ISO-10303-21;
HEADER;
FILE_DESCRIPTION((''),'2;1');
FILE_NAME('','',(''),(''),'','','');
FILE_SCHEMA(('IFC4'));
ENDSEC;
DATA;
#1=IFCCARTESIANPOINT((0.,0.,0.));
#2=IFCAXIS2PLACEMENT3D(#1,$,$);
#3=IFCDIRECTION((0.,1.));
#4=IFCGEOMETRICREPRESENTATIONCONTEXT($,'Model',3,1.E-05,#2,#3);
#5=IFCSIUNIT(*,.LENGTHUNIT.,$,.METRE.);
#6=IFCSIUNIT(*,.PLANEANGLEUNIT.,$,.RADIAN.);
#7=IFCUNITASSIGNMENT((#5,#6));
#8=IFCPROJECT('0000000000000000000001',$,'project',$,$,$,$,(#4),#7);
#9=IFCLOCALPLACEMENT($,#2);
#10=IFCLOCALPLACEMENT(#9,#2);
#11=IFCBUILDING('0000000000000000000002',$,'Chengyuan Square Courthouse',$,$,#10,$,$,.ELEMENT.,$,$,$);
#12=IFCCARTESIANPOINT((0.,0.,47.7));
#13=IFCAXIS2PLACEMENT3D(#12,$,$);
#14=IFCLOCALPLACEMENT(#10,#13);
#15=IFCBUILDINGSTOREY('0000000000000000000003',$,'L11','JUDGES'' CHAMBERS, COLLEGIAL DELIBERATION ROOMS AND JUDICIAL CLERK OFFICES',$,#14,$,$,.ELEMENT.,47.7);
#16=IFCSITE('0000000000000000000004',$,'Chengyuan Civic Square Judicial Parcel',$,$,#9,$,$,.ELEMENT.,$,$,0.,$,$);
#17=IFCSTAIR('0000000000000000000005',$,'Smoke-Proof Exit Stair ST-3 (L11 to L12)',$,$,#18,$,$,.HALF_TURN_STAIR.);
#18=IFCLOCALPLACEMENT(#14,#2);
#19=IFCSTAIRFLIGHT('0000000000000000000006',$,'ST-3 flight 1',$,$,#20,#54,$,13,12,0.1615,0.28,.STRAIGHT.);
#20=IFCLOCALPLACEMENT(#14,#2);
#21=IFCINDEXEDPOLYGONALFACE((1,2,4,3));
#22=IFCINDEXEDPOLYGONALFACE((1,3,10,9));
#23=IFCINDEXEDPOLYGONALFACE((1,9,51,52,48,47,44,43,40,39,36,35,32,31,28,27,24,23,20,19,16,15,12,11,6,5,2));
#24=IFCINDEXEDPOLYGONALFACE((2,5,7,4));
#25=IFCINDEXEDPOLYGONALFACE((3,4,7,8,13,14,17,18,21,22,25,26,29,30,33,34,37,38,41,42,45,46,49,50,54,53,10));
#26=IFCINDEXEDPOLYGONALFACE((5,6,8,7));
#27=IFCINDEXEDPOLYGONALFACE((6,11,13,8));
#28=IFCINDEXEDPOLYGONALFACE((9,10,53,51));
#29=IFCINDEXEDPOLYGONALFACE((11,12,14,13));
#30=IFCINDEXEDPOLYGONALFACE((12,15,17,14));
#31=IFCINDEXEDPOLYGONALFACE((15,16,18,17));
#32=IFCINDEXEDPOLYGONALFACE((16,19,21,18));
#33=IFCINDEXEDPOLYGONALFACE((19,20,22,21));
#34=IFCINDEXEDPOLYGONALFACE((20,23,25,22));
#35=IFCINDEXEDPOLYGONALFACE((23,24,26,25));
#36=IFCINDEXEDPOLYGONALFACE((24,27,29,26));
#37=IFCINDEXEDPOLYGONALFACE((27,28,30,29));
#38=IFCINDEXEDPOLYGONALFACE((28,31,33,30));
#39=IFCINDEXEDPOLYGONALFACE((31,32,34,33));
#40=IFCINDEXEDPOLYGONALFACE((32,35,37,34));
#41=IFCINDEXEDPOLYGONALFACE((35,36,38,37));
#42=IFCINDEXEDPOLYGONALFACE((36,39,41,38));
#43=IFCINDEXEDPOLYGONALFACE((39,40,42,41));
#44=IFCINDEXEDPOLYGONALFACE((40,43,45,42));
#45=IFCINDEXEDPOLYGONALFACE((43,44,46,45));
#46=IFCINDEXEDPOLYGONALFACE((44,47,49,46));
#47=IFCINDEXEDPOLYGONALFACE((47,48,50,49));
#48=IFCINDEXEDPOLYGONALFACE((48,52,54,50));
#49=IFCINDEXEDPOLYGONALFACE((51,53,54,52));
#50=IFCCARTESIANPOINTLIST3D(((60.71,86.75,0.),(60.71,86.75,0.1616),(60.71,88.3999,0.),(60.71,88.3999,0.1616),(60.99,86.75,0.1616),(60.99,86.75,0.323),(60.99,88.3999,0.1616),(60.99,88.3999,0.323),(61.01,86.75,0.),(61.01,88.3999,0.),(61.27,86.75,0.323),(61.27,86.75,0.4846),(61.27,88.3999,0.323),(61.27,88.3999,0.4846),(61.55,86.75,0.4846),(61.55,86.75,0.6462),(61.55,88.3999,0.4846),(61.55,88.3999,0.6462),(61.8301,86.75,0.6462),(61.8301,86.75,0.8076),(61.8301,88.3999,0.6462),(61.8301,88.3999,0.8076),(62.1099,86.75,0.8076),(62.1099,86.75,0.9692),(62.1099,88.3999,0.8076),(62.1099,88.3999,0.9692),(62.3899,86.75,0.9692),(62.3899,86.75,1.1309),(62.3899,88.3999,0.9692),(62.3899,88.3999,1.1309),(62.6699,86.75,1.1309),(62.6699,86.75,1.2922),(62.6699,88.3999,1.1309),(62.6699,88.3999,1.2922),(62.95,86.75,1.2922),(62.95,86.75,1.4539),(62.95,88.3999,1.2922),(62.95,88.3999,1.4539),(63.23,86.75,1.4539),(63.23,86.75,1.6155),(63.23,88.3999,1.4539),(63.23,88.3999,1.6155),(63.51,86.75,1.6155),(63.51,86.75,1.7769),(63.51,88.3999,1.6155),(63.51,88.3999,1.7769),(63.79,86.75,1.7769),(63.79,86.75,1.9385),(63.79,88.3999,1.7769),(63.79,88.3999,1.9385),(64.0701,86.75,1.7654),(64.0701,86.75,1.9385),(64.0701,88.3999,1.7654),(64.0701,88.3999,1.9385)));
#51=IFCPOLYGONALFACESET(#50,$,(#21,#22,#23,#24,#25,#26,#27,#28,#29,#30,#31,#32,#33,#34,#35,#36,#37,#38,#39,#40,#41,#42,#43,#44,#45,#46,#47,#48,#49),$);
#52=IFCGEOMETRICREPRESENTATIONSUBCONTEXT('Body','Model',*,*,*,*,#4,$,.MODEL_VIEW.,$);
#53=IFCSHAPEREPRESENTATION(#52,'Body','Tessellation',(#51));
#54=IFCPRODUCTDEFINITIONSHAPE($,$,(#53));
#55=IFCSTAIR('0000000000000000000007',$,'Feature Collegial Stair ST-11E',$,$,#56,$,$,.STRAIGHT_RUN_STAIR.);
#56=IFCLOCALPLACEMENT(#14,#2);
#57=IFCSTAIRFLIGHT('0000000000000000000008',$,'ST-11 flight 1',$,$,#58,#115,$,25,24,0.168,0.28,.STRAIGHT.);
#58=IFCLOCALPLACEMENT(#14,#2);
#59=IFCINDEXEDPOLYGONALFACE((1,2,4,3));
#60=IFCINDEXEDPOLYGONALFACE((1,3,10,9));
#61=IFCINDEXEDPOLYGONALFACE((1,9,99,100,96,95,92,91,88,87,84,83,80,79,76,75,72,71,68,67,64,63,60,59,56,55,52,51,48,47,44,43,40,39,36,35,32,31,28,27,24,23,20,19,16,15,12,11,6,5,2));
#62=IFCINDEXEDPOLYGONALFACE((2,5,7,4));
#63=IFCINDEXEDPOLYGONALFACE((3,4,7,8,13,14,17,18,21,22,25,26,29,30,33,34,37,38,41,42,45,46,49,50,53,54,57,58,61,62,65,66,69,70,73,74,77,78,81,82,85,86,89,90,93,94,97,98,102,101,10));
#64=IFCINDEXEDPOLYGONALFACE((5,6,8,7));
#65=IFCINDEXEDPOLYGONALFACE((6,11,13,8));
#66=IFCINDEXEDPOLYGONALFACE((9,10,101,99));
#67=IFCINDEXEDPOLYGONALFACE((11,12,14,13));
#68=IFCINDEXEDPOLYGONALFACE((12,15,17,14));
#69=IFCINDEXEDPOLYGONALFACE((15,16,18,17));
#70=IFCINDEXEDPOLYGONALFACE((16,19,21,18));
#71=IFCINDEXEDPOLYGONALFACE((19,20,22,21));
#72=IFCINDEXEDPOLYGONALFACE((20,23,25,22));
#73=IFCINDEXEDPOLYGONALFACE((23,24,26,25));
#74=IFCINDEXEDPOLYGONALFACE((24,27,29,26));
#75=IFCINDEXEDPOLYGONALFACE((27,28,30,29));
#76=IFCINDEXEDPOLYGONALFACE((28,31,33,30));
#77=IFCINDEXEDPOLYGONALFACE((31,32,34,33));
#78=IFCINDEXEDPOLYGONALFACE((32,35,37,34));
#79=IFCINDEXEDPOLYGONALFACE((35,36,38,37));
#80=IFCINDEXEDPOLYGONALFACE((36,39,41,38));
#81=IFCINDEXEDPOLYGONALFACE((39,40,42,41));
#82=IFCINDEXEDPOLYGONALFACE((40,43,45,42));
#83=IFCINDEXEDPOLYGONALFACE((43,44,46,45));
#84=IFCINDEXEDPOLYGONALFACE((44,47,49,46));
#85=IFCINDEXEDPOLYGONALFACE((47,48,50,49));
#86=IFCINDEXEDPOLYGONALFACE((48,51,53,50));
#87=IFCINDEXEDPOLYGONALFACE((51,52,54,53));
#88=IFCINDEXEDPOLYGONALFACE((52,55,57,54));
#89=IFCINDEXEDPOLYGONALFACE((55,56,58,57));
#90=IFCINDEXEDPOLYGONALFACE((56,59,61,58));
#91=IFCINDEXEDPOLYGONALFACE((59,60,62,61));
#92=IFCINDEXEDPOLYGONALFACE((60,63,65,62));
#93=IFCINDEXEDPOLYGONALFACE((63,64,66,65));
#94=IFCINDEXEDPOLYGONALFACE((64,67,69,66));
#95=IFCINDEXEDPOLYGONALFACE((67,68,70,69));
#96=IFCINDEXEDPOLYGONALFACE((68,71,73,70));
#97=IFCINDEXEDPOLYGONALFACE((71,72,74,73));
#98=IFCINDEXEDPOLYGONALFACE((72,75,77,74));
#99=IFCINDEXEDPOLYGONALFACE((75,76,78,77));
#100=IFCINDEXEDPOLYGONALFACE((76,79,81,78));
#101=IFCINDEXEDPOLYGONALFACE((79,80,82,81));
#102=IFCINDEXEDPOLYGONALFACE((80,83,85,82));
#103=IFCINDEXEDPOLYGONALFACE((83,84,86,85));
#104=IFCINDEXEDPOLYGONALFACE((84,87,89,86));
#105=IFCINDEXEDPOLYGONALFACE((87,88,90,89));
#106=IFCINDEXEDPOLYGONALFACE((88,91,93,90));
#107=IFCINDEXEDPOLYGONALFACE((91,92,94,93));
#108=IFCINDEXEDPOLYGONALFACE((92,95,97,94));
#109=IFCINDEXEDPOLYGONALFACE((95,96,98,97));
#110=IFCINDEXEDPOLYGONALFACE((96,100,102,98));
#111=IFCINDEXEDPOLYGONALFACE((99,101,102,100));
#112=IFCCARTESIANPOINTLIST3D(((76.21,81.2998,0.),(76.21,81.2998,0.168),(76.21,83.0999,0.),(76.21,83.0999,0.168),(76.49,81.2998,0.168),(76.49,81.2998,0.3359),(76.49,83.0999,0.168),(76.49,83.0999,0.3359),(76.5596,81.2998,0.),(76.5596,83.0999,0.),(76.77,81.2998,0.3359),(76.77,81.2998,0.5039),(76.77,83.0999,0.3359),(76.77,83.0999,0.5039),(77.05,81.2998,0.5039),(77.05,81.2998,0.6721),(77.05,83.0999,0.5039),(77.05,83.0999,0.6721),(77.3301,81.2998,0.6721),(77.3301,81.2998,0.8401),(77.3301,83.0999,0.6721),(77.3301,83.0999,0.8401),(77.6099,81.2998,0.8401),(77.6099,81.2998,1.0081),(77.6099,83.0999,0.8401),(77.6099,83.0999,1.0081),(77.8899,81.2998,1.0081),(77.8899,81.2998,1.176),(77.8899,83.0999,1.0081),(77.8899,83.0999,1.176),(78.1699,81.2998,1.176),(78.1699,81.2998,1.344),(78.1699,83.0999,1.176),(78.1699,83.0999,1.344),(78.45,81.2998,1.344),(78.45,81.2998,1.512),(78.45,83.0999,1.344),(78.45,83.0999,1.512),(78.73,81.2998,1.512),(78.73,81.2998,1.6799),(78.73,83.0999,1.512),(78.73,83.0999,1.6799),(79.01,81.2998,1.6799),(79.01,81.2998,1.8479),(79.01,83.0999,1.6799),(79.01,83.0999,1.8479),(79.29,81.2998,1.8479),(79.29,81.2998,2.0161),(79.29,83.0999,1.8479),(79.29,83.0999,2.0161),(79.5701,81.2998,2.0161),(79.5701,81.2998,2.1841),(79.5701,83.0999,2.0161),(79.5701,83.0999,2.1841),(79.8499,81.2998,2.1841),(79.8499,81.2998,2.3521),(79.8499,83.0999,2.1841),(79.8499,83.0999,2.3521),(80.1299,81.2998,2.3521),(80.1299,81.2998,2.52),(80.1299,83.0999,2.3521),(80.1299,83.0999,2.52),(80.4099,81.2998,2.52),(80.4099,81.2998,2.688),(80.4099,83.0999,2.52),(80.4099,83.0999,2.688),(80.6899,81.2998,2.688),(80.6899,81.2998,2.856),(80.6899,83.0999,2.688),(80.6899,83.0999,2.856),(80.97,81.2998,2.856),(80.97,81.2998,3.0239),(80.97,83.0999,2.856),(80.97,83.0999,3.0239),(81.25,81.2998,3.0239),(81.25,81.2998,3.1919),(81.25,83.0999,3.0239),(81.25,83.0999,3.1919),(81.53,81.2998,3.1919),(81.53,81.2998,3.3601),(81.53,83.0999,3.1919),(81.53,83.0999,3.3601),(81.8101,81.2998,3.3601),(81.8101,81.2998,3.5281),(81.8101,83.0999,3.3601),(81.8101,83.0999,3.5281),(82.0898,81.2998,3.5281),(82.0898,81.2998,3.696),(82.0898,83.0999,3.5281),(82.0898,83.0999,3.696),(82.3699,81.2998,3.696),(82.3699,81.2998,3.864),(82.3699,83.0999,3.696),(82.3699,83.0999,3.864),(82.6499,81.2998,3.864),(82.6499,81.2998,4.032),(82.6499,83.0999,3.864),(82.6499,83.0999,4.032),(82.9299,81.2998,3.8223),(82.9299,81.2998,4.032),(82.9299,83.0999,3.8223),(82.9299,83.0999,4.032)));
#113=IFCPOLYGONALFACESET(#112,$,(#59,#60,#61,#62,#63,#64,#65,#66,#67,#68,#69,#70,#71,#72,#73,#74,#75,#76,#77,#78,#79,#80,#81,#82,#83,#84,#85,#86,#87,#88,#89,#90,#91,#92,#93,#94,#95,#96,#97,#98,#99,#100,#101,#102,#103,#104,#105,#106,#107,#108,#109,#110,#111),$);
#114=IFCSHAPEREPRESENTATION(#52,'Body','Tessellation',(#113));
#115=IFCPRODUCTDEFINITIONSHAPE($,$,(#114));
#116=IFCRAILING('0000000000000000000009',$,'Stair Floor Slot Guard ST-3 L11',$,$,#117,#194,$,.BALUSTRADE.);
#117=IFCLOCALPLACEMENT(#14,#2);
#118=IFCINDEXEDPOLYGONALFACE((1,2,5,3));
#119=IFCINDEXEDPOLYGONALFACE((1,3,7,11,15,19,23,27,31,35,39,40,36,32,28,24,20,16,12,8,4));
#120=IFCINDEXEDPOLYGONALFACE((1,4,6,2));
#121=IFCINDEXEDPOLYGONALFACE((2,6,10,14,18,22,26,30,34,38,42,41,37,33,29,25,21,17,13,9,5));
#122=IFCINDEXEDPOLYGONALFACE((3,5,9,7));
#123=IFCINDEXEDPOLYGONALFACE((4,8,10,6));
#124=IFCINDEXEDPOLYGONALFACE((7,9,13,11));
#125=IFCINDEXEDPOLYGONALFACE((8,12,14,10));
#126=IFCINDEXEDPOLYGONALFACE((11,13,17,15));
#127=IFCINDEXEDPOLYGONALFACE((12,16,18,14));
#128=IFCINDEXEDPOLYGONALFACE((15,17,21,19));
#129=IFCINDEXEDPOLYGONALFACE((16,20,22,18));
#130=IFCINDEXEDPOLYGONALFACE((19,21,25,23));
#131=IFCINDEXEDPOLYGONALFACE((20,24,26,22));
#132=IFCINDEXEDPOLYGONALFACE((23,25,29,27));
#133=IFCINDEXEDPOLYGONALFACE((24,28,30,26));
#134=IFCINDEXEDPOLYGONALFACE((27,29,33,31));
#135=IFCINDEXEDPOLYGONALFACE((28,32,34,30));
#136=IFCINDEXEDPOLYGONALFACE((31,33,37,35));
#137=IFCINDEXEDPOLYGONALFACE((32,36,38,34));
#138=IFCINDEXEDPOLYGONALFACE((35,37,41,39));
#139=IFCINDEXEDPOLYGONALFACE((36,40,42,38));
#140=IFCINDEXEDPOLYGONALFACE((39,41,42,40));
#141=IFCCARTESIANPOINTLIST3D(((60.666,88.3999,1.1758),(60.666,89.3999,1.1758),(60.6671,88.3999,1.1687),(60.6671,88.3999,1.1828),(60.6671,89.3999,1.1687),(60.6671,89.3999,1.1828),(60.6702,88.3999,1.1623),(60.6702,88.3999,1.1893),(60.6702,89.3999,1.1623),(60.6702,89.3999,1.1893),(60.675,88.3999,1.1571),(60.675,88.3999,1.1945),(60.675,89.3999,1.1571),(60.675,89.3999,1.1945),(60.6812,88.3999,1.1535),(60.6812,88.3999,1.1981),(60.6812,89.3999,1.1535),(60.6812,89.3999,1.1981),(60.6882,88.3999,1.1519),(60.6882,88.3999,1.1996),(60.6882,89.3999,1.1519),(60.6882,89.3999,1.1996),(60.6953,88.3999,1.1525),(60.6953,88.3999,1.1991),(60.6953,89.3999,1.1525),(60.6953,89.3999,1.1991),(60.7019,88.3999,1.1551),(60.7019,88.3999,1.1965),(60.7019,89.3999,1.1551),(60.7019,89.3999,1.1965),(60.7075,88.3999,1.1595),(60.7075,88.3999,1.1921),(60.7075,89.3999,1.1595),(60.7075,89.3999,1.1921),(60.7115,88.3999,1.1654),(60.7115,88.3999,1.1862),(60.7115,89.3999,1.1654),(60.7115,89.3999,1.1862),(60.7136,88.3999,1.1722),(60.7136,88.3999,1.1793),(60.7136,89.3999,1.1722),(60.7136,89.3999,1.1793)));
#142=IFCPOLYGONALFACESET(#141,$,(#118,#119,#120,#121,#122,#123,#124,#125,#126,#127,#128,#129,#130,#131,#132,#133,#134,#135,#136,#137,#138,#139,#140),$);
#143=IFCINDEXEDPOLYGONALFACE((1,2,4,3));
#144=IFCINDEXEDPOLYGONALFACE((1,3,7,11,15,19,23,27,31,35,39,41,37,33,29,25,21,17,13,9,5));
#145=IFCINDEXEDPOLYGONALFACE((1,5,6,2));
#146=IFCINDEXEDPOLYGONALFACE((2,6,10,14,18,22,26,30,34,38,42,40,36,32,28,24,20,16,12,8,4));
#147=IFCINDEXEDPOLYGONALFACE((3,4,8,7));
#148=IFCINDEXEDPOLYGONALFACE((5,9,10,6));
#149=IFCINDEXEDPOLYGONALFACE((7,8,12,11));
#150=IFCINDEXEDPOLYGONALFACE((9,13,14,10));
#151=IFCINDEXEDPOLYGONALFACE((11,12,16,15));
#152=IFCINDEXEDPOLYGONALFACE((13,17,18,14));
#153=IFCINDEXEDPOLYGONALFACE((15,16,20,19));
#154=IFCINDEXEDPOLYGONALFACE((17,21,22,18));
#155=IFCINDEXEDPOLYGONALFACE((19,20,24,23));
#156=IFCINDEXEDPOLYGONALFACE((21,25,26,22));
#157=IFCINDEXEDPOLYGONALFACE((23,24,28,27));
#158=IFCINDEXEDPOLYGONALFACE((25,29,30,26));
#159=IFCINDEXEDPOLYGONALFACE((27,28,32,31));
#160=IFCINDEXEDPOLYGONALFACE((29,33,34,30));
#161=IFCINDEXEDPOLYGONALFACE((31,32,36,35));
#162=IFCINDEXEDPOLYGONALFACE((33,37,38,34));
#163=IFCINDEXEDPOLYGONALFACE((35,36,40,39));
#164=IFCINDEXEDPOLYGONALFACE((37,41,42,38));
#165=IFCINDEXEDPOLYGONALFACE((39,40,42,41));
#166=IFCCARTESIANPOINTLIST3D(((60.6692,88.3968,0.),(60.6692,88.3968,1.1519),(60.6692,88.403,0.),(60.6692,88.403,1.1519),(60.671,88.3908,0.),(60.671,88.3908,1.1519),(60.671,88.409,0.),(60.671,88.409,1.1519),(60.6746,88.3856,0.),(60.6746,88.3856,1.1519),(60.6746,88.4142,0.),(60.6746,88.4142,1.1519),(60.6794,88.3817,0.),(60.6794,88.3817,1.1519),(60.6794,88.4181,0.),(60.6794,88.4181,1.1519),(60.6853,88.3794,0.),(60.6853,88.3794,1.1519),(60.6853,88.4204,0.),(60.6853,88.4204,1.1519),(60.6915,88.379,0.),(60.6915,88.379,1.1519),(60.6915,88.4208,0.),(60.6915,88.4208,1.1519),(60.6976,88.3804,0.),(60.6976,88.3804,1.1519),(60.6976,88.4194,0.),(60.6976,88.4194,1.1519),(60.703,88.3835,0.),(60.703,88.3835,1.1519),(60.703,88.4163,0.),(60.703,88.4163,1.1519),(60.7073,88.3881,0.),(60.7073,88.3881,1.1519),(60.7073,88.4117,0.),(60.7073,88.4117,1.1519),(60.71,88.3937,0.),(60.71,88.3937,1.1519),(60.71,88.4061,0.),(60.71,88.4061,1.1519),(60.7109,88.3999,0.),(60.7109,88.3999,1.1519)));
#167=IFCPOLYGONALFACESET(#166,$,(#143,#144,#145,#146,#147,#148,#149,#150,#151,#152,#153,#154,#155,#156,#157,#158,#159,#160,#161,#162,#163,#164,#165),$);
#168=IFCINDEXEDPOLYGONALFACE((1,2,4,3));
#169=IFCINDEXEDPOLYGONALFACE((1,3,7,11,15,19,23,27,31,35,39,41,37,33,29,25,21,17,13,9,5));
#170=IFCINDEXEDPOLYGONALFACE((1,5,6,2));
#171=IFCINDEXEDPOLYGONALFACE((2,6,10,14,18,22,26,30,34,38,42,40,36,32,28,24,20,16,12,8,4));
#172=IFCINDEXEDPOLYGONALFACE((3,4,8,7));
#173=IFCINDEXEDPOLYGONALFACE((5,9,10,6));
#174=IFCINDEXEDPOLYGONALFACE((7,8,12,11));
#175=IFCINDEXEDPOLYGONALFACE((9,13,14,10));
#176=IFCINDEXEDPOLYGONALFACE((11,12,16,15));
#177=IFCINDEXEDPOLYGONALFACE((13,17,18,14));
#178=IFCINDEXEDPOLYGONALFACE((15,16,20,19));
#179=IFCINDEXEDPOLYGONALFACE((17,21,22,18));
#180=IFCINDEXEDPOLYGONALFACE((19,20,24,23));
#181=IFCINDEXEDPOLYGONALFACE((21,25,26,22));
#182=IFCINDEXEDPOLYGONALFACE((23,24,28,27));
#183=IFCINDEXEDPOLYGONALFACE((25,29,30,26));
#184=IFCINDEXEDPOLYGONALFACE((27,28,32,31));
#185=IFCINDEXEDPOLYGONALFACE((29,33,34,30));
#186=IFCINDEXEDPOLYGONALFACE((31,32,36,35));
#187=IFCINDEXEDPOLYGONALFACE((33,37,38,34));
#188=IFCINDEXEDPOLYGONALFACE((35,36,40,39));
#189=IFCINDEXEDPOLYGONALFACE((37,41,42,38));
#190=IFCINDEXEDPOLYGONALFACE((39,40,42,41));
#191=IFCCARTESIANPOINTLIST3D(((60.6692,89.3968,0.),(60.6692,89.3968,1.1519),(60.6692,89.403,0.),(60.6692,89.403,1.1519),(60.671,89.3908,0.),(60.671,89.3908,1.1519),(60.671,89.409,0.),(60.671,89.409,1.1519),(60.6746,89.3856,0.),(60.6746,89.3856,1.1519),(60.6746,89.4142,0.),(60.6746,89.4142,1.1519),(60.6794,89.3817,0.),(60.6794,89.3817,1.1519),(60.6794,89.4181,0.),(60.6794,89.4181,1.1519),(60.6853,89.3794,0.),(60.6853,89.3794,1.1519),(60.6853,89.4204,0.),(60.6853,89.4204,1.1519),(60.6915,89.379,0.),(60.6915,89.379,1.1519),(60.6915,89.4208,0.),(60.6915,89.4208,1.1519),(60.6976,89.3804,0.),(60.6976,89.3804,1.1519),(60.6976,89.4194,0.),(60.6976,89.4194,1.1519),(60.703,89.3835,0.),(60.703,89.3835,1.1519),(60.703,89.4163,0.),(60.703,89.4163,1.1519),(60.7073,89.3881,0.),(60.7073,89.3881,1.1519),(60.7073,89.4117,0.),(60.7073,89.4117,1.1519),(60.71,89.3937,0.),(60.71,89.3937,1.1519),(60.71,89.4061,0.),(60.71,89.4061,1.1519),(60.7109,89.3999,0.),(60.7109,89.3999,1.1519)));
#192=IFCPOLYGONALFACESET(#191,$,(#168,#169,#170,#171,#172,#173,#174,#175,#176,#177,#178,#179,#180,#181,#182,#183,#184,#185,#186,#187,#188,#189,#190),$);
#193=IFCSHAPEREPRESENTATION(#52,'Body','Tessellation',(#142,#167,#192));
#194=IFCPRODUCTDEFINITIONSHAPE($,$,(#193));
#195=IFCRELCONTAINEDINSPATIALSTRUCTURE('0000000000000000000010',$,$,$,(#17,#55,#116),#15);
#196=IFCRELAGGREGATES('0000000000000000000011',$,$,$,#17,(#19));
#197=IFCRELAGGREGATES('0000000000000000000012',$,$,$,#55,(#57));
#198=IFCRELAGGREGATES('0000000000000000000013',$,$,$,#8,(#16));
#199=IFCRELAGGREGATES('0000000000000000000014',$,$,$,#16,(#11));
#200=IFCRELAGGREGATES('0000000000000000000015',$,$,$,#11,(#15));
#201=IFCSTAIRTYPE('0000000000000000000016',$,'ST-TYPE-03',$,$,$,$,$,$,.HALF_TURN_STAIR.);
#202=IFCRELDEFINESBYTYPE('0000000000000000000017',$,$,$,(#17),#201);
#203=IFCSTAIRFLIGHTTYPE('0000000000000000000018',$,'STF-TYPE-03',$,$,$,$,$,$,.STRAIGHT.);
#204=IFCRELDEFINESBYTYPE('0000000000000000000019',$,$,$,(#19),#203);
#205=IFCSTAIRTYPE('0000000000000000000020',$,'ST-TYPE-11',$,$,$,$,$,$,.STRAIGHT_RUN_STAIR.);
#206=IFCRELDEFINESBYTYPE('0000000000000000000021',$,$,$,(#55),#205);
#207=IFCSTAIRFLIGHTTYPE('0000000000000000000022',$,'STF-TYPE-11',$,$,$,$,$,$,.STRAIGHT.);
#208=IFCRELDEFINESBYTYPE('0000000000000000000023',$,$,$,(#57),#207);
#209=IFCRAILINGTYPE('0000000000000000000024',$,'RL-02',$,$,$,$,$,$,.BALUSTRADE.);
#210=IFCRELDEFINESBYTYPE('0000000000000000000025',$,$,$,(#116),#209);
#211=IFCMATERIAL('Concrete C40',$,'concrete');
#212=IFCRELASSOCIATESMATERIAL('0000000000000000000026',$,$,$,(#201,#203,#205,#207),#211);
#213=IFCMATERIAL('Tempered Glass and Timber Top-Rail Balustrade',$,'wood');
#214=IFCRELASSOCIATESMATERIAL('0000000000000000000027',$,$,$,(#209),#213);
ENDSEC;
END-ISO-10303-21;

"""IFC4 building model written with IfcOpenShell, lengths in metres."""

from ifc_helpers import new_model, si_unit, direction, frame, origin, origin_2d, place, context, subcontext, project, spatial, polyline, circle, outline, extrude, material, type_object, element, aggregate, save


model = new_model("IFC4")

# Units and contexts
model_context = context("Model", 3, precision=1e-05, world=origin(), true_north=direction((0.0, 1.0)))
body_context = subcontext(model_context, "Body", "Model", "MODEL_VIEW")
ifc_project = project(units=[si_unit("LENGTHUNIT", "METRE"), si_unit("PLANEANGLEUNIT", "RADIAN")], contexts=[model_context])

# Site, building, storey
site_placement = place(None, origin())
site = spatial("IfcSite", under=ifc_project, at=site_placement, Name="Chengyuan Civic Square Judicial Parcel", CompositionType="ELEMENT", RefElevation=0.0)
building_placement = place(site_placement, origin())
building = spatial("IfcBuilding", under=site, at=building_placement, Name="Chengyuan Square Courthouse", CompositionType="ELEMENT")
storey_placement = place(building_placement, frame((0.0, 0.0, 47.7)))
storey = spatial("IfcBuildingStorey", under=building, at=storey_placement, Name="L11", Description="JUDGES' CHAMBERS, COLLEGIAL DELIBERATION ROOMS AND JUDICIAL CLERK OFFICES", CompositionType="ELEMENT", Elevation=47.7)

# Shared definitions
ifc_material_1 = material(Name="Concrete C40", Category="concrete")

# Stairs, stair flights
stair_type_1 = type_object("IfcStairType", Name="ST-TYPE-03", PredefinedType="HALF_TURN_STAIR", material=ifc_material_1)
stair_1_placement = place(storey_placement, origin())
stair_1 = element("IfcStair", 1, at=stair_1_placement, inside=storey, type_object=stair_type_1, Name="Smoke-Proof Exit Stair ST-3 (L11 to L12)", PredefinedType="HALF_TURN_STAIR")
stair_flight_type_1 = type_object("IfcStairFlightType", Name="STF-TYPE-03", PredefinedType="STRAIGHT", material=ifc_material_1)
stair_flight_1_placement = place(storey_placement, frame((60.71, 87.575, 0.0), z_axis=(0.0, 0.0, 1.0), x_axis=(1.0, 0.0, 0.0)))
stair_flight_1 = element("IfcStairFlight", 2, at=stair_flight_1_placement, type_object=stair_flight_type_1, Name="ST-3 flight 1", NumberOfRisers=13, NumberOfTreads=12, PredefinedType="STRAIGHT", RiserHeight=0.1615, TreadLength=0.28, context=body_context, shape_type="SweptSolid", body=[
    extrude(outline(polyline([(0.0, 0.0), (0.0, 0.1616), (0.28, 0.1616), (0.28, 0.323), (0.5601, 0.323), (0.5601, 0.4846), (0.8401, 0.4846), (0.8401, 0.6462), (1.1201, 0.6462), (1.1201, 0.8076), (1.3999, 0.8076), (1.3999, 0.9692), (1.6799, 0.9692), (1.6799, 1.1309), (1.96, 1.1309), (1.96, 1.2922), (2.24, 1.2922), (2.24, 1.4539), (2.52, 1.4539), (2.52, 1.6155), (2.8, 1.6155), (2.8, 1.7769), (3.0801, 1.7769), (3.0801, 1.9385), (3.3601, 1.9385), (3.3601, 2.1001), (3.3601, 1.7654), (0.3, 0.0), (0.0, 0.0)])), frame((0.0, 0.825, 0.0), z_axis=(0.0, -1.0, 0.0), x_axis=(1.0, 0.0, 0.0)), (0.0, 0.0, 1.0), 1.6499),
])
aggregate(stair_1, [stair_flight_1])
stair_type_2 = type_object("IfcStairType", Name="ST-TYPE-11", PredefinedType="STRAIGHT_RUN_STAIR", material=ifc_material_1)
stair_2_placement = place(storey_placement, origin())
stair_2 = element("IfcStair", 3, at=stair_2_placement, inside=storey, type_object=stair_type_2, Name="Feature Collegial Stair ST-11E", PredefinedType="STRAIGHT_RUN_STAIR")
stair_flight_type_2 = type_object("IfcStairFlightType", Name="STF-TYPE-11", PredefinedType="STRAIGHT", material=ifc_material_1)
stair_flight_2_placement = place(storey_placement, frame((76.21, 82.2, 0.0), z_axis=(0.0, 0.0, 1.0), x_axis=(1.0, 0.0, 0.0)))
stair_flight_2 = element("IfcStairFlight", 4, at=stair_flight_2_placement, type_object=stair_flight_type_2, Name="ST-11 flight 1", NumberOfRisers=25, NumberOfTreads=24, PredefinedType="STRAIGHT", RiserHeight=0.168, TreadLength=0.28, context=body_context, shape_type="SweptSolid", body=[
    extrude(outline(polyline([(0.0, 0.0), (0.0, 0.168), (0.28, 0.168), (0.28, 0.3359), (0.5601, 0.3359), (0.5601, 0.5039), (0.8401, 0.5039), (0.8401, 0.6721), (1.1201, 0.6721), (1.1201, 0.8401), (1.3999, 0.8401), (1.3999, 1.0081), (1.6799, 1.0081), (1.6799, 1.176), (1.96, 1.176), (1.96, 1.344), (2.24, 1.344), (2.24, 1.512), (2.52, 1.512), (2.52, 1.6799), (2.8, 1.6799), (2.8, 1.8479), (3.0801, 1.8479), (3.0801, 2.0161), (3.3601, 2.0161), (3.3601, 2.1841), (3.6399, 2.1841), (3.6399, 2.3521), (3.9199, 2.3521), (3.9199, 2.52), (4.2, 2.52), (4.2, 2.688), (4.48, 2.688), (4.48, 2.856), (4.76, 2.856), (4.76, 3.0239), (5.04, 3.0239), (5.04, 3.1919), (5.3201, 3.1919), (5.3201, 3.3601), (5.6001, 3.3601), (5.6001, 3.5281), (5.8799, 3.5281), (5.8799, 3.696), (6.1599, 3.696), (6.1599, 3.864), (6.4399, 3.864), (6.4399, 4.032), (6.72, 4.032), (6.72, 4.2), (6.72, 3.8223), (0.3496, 0.0), (0.0, 0.0)])), frame((0.0, 0.8999, 0.0), z_axis=(0.0, -1.0, 0.0), x_axis=(1.0, 0.0, 0.0)), (0.0, 0.0, 1.0), 1.8),
])
aggregate(stair_2, [stair_flight_2])

# Railing
ifc_material_2 = material(Name="Tempered Glass and Timber Top-Rail Balustrade", Category="wood")
railing_type_1 = type_object("IfcRailingType", Name="RL-02", PredefinedType="BALUSTRADE", material=ifc_material_2)
for number, where, name in (
    (5, (60.6899, 88.3999, 0.0), "Stair Floor Slot Guard ST-3 L11"),
):
    element("IfcRailing", number, at=place(storey_placement, frame(where)), inside=storey, type_object=railing_type_1, Name=name, PredefinedType="BALUSTRADE", context=body_context, shape_type="SweptSolid", body=[
        extrude(circle(Radius=0.0239, at=origin_2d()), frame((0.0, 0.0, 1.1758), z_axis=(0.0, 1.0, 0.0), x_axis=(-1.0, 0.0, 0.0)), (0.0, 0.0, 1.0), 1.0),
        extrude(circle(Radius=0.021, at=origin_2d()), origin(), (0.0, 0.0, 1.0), 1.1519),
        extrude(circle(Radius=0.021, at=origin_2d()), frame((0.0, 1.0, 0.0)), (0.0, 0.0, 1.0), 1.1519),
    ])

save(model, "model.ifc")
